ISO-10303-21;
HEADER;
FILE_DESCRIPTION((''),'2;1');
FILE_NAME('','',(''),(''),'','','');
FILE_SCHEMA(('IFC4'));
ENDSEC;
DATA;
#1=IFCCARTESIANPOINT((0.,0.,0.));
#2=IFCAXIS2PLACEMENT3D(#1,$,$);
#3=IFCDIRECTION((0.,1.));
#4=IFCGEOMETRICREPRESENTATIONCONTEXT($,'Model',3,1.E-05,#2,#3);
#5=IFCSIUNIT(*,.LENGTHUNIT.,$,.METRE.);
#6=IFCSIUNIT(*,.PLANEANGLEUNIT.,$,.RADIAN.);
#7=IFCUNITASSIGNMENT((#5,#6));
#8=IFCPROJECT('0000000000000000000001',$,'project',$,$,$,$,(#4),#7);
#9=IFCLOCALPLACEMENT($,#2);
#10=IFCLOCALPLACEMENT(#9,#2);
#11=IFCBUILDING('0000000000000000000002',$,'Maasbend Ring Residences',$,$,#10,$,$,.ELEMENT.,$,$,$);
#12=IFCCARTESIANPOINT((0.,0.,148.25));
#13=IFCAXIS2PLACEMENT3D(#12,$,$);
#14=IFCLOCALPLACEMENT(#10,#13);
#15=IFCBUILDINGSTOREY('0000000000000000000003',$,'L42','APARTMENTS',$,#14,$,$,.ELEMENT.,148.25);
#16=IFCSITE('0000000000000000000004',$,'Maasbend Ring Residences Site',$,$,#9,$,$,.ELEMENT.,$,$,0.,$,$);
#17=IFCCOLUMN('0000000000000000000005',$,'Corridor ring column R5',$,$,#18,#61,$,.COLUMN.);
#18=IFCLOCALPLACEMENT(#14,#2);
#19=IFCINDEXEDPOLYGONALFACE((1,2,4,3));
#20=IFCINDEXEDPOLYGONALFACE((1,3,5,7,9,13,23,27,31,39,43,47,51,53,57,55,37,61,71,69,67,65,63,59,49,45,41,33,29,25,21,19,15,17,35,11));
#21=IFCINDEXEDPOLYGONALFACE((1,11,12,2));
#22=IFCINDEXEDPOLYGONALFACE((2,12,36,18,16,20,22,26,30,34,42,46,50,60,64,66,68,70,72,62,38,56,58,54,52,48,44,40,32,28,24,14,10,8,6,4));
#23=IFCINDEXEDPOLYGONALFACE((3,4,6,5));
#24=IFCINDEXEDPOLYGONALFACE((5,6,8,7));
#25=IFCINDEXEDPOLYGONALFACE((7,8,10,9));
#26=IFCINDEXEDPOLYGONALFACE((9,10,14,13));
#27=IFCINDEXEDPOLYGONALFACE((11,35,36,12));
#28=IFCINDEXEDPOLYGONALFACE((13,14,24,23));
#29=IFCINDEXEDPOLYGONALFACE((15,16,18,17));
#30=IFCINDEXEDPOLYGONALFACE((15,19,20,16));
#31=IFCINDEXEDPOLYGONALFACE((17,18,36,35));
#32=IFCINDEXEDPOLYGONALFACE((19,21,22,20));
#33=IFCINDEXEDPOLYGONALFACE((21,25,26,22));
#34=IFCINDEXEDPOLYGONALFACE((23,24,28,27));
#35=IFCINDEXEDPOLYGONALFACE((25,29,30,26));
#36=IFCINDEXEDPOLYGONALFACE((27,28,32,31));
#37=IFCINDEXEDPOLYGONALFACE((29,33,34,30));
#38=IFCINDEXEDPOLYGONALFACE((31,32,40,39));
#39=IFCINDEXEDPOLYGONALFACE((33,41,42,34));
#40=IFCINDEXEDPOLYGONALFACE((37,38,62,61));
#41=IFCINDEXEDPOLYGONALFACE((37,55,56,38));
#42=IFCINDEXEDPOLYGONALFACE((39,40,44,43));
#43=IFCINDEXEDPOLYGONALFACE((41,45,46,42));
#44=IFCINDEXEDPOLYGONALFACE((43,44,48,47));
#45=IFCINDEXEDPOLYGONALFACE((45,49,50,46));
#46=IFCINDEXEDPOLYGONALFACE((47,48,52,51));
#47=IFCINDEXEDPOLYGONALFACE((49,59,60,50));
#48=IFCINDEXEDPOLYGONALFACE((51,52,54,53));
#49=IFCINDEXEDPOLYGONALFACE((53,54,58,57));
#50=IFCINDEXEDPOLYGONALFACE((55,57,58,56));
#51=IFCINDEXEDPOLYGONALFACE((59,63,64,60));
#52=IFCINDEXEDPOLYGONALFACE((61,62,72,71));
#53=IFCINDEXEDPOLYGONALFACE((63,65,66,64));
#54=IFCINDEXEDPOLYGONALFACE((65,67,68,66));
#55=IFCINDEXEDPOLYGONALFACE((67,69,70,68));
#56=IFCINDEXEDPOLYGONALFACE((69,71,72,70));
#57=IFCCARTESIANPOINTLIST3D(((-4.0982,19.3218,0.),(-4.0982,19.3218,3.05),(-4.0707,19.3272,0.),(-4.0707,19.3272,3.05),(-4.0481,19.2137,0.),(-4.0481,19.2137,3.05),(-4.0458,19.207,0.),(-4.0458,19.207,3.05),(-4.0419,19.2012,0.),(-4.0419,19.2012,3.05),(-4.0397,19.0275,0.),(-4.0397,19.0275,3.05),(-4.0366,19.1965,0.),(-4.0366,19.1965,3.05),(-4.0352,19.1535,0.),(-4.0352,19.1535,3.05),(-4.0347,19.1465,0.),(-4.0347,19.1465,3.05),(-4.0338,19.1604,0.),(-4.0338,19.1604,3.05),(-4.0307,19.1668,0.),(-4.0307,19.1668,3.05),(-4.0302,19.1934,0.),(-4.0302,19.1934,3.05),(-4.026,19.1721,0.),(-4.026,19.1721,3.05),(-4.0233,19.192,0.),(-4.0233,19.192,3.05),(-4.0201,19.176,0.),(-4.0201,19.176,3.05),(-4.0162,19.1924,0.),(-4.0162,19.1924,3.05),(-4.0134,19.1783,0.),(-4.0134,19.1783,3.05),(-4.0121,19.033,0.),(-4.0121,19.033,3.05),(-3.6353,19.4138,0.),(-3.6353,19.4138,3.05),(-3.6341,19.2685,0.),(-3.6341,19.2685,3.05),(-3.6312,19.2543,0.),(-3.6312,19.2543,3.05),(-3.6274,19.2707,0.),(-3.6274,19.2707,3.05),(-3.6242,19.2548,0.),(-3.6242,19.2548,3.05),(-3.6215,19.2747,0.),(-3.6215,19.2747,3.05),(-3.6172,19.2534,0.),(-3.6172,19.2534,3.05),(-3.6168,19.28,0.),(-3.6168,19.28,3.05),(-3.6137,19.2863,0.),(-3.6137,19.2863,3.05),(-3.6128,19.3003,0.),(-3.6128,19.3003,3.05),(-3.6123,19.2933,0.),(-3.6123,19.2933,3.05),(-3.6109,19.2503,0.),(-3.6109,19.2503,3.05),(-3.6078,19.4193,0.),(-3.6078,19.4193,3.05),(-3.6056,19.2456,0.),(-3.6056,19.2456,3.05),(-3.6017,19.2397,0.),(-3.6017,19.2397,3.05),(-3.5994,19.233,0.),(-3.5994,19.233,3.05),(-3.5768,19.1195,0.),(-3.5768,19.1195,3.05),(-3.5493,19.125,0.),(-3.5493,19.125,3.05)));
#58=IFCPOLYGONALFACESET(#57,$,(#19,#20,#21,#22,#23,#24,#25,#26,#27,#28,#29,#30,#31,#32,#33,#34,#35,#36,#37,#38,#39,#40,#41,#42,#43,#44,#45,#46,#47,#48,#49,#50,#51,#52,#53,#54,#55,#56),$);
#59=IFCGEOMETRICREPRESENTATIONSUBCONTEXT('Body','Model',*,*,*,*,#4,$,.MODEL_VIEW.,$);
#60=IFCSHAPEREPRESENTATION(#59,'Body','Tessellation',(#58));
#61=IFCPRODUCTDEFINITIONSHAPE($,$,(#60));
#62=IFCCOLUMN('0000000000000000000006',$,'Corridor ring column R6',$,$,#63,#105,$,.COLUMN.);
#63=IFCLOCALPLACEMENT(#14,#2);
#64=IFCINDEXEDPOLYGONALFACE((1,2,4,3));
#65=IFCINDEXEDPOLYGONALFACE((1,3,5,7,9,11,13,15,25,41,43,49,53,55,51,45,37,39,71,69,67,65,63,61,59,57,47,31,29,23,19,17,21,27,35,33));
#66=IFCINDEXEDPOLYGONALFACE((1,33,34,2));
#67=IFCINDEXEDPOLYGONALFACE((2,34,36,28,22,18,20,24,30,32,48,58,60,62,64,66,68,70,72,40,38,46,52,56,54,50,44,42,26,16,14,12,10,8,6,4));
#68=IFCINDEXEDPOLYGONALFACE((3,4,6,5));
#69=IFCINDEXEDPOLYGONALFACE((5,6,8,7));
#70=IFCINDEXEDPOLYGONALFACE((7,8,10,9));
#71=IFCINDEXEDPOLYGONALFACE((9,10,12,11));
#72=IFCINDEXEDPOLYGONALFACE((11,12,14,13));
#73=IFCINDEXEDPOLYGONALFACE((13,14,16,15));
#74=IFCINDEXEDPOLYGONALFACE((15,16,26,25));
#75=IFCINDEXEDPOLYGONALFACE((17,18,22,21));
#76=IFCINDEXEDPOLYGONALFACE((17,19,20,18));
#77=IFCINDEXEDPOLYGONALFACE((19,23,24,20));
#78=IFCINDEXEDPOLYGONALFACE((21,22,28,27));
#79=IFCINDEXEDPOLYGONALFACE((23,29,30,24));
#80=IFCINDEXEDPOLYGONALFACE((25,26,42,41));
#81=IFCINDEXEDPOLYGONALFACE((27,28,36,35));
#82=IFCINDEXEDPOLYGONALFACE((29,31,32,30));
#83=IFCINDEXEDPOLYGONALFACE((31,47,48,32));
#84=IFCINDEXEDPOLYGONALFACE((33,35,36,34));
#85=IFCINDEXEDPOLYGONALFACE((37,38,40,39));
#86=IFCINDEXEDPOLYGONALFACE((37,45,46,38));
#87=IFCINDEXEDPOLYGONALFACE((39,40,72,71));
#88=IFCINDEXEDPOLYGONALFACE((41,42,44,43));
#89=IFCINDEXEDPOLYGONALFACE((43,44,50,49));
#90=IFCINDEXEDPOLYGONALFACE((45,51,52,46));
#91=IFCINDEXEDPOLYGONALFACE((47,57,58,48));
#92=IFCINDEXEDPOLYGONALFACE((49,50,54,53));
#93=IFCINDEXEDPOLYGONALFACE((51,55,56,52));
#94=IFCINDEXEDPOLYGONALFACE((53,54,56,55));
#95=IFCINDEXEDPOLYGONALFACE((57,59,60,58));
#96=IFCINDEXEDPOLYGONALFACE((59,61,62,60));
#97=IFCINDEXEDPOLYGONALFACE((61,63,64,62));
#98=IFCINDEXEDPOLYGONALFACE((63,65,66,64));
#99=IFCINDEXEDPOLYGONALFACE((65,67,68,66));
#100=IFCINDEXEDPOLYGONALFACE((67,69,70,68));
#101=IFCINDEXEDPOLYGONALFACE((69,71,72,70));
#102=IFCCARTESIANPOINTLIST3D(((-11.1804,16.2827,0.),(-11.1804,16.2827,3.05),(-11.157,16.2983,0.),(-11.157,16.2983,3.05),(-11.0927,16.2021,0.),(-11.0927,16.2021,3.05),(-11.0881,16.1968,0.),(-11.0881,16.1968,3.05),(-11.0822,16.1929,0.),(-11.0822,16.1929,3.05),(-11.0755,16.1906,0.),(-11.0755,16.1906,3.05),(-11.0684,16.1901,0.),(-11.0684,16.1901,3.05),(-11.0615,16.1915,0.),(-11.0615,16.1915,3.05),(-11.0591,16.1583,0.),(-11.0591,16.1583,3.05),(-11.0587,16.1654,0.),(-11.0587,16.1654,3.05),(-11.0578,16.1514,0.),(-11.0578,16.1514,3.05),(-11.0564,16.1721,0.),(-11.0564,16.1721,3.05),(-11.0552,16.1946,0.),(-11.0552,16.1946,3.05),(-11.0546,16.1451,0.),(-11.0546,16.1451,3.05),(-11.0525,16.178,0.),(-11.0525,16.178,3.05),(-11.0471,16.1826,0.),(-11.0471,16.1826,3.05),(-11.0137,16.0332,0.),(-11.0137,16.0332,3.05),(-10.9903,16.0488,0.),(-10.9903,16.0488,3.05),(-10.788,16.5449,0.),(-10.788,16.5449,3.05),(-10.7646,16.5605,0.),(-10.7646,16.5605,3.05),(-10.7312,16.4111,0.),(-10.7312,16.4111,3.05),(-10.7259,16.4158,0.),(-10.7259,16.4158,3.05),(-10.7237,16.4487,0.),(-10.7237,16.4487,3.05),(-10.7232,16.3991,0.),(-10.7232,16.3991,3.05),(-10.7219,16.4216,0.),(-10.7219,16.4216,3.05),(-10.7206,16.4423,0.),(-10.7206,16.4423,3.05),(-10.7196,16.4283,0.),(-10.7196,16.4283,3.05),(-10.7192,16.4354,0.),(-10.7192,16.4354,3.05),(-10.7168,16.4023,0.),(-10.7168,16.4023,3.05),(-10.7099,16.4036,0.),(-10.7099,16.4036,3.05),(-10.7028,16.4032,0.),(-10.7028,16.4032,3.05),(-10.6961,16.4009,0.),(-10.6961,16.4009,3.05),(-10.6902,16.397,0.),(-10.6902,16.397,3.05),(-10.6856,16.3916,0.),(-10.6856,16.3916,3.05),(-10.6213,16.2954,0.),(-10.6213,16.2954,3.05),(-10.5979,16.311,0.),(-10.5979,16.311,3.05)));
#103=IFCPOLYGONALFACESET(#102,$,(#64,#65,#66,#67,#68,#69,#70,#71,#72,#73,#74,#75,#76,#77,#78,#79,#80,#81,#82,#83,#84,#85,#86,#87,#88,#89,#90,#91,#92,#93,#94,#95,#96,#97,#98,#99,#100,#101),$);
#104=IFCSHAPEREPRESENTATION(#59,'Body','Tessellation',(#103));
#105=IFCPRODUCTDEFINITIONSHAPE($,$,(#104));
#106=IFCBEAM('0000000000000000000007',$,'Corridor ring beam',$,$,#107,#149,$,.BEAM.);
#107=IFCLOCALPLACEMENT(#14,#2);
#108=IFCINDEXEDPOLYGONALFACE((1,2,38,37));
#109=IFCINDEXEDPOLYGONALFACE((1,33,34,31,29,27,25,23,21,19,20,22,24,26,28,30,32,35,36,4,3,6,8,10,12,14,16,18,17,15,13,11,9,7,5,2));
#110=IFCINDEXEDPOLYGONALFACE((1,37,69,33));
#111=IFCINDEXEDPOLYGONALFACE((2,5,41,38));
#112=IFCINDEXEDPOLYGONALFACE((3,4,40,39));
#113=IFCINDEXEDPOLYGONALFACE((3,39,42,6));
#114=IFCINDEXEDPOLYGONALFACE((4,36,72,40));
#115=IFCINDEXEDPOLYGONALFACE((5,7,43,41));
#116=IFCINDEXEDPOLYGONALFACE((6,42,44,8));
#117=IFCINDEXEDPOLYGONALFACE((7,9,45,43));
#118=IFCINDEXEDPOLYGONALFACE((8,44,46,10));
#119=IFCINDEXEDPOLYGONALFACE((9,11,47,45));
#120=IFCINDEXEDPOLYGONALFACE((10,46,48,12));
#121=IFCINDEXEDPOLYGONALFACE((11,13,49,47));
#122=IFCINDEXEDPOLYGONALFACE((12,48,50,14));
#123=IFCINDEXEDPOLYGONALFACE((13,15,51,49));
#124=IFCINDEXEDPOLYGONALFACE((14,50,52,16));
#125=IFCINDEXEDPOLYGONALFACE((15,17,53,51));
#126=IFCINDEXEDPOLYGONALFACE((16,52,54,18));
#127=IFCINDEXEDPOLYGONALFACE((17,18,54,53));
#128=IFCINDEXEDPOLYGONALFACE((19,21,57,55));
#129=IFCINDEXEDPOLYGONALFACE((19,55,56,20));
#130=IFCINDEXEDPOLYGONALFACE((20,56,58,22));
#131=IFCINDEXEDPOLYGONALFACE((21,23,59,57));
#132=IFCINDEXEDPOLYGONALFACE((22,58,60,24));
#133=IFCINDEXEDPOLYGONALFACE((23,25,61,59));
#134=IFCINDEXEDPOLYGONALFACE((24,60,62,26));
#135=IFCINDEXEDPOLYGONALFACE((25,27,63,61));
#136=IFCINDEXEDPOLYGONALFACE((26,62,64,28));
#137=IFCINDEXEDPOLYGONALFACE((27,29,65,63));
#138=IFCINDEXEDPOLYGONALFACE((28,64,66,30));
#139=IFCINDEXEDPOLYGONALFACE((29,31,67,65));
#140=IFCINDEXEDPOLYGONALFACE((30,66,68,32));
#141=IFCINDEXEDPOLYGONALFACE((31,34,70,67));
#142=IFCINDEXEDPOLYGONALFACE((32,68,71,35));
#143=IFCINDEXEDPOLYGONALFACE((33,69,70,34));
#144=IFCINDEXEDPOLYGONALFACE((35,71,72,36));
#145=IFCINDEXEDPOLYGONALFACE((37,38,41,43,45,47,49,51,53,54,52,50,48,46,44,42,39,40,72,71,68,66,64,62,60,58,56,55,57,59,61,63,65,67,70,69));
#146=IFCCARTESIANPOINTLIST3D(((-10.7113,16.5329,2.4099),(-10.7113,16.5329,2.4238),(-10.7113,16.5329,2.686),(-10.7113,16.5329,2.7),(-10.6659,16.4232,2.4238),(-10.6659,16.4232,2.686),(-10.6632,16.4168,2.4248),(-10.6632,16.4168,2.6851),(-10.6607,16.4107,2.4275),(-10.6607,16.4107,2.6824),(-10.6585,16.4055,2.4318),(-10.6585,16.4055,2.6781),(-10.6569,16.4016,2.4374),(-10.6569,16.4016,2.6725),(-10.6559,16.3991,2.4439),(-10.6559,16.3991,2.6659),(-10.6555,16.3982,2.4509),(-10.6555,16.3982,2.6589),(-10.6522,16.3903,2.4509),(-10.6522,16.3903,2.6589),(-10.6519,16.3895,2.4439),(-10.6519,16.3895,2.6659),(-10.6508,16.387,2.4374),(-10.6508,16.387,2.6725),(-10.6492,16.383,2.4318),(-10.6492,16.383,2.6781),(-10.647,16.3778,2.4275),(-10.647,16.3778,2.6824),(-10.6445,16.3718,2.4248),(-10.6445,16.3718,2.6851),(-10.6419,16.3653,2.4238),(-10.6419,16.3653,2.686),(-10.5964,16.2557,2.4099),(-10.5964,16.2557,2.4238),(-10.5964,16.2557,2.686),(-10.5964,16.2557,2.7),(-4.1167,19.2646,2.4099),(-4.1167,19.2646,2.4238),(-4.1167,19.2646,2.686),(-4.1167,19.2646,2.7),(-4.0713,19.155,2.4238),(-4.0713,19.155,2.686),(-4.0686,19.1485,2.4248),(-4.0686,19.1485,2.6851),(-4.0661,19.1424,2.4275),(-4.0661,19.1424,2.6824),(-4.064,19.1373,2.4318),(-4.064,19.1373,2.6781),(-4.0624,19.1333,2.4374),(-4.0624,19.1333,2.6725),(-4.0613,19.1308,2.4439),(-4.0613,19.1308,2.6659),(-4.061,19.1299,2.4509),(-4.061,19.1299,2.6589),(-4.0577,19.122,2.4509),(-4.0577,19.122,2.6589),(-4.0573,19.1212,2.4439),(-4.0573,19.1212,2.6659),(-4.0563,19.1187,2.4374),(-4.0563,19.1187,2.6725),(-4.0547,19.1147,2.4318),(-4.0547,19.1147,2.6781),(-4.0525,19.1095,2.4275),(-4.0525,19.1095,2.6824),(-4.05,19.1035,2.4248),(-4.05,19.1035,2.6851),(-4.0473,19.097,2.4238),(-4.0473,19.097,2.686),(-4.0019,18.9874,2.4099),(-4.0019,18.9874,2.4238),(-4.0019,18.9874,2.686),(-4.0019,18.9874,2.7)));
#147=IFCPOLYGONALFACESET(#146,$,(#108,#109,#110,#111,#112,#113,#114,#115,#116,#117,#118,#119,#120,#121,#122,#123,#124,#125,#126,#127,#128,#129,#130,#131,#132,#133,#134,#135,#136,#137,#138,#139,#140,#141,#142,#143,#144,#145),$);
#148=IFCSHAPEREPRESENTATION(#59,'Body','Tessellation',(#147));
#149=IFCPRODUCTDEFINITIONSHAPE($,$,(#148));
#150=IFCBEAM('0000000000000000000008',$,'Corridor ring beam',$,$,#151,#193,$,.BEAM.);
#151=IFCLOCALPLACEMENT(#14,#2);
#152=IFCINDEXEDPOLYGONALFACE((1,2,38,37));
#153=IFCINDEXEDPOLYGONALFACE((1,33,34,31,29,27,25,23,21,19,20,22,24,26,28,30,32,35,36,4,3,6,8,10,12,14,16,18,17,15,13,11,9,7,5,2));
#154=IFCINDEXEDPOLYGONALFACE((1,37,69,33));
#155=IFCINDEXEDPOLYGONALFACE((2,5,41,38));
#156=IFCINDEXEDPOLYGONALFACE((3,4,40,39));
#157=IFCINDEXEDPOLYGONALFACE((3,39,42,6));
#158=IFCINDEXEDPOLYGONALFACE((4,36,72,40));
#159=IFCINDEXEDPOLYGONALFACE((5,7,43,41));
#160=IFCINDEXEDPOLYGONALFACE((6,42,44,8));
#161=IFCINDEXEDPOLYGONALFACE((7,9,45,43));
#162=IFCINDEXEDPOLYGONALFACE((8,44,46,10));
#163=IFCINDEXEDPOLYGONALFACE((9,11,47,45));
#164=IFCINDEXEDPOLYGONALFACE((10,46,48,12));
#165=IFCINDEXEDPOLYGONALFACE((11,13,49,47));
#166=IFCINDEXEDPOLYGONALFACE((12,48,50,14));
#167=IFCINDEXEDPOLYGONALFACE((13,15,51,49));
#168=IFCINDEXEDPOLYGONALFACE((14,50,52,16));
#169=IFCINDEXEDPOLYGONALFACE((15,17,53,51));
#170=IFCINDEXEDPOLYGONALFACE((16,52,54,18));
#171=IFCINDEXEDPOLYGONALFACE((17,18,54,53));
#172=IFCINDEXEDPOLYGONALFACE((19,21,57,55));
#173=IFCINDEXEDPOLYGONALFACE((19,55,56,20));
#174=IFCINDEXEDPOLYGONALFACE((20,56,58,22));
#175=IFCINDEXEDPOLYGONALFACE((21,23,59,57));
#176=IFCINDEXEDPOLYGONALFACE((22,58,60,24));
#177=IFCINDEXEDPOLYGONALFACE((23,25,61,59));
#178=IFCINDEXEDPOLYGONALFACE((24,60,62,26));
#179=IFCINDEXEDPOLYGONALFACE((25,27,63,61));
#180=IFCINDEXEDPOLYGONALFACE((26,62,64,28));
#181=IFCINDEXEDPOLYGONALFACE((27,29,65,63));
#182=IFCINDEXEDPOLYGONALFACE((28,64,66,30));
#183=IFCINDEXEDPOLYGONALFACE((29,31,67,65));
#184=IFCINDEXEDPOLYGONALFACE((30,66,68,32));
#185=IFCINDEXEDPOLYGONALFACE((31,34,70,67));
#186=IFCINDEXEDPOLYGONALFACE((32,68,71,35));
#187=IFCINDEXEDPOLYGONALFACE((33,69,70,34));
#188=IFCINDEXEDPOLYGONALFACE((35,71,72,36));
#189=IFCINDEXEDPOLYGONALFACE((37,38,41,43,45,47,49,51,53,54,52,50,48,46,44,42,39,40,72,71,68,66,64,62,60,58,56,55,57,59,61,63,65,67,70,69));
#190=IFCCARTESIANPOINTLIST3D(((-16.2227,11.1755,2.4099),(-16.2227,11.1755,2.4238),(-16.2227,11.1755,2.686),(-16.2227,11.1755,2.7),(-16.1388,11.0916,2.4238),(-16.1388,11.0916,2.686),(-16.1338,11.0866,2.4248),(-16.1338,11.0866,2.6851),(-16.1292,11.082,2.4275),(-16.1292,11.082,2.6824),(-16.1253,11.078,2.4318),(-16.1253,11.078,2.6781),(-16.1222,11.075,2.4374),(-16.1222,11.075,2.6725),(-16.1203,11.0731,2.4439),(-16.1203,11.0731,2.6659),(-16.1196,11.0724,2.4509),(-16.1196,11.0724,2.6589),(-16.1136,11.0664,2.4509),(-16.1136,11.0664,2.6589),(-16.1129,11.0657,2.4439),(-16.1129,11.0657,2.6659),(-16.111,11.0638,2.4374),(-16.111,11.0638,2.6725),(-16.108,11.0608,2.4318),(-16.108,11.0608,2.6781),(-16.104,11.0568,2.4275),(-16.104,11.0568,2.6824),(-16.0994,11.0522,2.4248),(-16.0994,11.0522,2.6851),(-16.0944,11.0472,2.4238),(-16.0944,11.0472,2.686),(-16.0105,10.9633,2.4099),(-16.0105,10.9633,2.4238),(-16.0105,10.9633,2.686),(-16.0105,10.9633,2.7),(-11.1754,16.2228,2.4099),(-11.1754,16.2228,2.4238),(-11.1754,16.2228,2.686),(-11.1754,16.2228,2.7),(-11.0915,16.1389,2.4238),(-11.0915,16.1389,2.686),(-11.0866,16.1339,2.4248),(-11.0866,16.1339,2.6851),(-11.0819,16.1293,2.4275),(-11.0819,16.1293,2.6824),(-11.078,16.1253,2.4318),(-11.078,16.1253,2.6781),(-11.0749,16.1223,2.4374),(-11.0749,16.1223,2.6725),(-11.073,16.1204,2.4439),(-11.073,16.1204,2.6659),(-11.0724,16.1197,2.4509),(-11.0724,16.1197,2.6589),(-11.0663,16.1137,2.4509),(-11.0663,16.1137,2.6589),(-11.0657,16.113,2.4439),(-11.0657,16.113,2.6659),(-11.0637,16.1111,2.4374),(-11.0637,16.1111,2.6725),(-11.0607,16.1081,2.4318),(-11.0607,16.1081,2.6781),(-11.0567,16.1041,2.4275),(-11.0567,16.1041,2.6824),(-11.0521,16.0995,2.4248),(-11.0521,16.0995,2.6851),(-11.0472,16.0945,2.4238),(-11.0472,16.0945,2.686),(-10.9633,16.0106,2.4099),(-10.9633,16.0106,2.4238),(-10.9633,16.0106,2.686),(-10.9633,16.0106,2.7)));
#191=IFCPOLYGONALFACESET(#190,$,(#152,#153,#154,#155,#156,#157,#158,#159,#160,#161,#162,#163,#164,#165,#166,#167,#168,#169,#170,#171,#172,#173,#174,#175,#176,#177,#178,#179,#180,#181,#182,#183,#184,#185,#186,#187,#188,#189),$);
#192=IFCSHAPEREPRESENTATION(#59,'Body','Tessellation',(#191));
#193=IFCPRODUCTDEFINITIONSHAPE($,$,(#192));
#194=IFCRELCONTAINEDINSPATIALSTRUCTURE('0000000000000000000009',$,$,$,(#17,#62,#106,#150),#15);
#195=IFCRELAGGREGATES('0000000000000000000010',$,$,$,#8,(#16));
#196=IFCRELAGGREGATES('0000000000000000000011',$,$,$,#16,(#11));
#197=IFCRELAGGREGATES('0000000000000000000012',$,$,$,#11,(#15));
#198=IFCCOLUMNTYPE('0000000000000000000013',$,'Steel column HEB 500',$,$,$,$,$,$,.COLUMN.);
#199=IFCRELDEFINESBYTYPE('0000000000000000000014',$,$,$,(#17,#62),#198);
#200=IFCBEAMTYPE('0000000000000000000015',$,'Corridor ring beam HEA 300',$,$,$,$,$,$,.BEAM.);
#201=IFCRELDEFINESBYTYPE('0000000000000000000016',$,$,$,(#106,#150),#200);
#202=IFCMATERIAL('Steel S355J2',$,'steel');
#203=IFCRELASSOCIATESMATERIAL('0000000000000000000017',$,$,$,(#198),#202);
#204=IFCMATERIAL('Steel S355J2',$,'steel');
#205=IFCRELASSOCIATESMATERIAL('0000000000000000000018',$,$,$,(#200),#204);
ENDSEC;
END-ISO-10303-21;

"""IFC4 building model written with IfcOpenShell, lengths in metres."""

from ifc_helpers import new_model, si_unit, direction, frame, origin, origin_2d, place, context, subcontext, project, spatial, i_section, extrude, material, material_profile, profile_set, type_object, element, save


model = new_model("IFC4")

# Units and contexts
model_context = context("Model", 3, precision=1e-05, world=origin(), true_north=direction((0.0, 1.0)))
body_context = subcontext(model_context, "Body", "Model", "MODEL_VIEW")
ifc_project = project(units=[si_unit("LENGTHUNIT", "METRE"), si_unit("PLANEANGLEUNIT", "RADIAN")], contexts=[model_context])

# Site, building, storey
site_placement = place(None, origin())
site = spatial("IfcSite", under=ifc_project, at=site_placement, Name="Maasbend Ring Residences Site", CompositionType="ELEMENT", RefElevation=0.0)
building_placement = place(site_placement, origin())
building = spatial("IfcBuilding", under=site, at=building_placement, Name="Maasbend Ring Residences", CompositionType="ELEMENT")
storey_placement = place(building_placement, frame((0.0, 0.0, 148.25)))
storey = spatial("IfcBuildingStorey", under=building, at=storey_placement, Name="L42", Description="APARTMENTS", CompositionType="ELEMENT", Elevation=148.25)

# Columns
ifc_material_1 = material(Name="Steel S355J2", Category="steel")
ifc_material_profile_1 = material_profile(ifc_material_1, i_section(OverallWidth=0.3, OverallDepth=0.5, WebThickness=0.0144, FlangeThickness=0.0281, FilletRadius=0.0271, at=origin_2d()), Name="HEB 500")
ifc_profile_set_1 = profile_set([ifc_material_profile_1], Name="Steel S355J2")
column_type = type_object("IfcColumnType", Name="Steel column HEB 500", PredefinedType="COLUMN", material=ifc_profile_set_1)
for number, where, z_axis, x_axis, name in (
    (1, (-3.8237, 19.2234, 0.0), (0.0, 0.0, 1.0), (-0.19509, 0.980785, 0.0), "Corridor ring column R5"),
    (2, (-10.8892, 16.2969, 0.0), (0.0, 0.0, 1.0), (-0.55557, 0.83147, 0.0), "Corridor ring column R6"),
):
    element("IfcColumn", number, at=place(storey_placement, frame(where, z_axis=z_axis, x_axis=x_axis)), inside=storey, type_object=column_type, Name=name, PredefinedType="COLUMN", context=body_context, shape_type="SweptSolid", body=[
        extrude(i_section(OverallWidth=0.3, OverallDepth=0.5, WebThickness=0.0144, FlangeThickness=0.0281, FilletRadius=0.0271, at=origin_2d()), origin(), (0.0, 0.0, 1.0), 3.05),
    ])

# Beams
ifc_material_2 = material(Name="Steel S355J2", Category="steel")
ifc_material_profile_2 = material_profile(ifc_material_2, i_section(OverallWidth=0.3, OverallDepth=0.29, WebThickness=0.0085, FlangeThickness=0.0139, FilletRadius=0.0271, at=origin_2d()), Name="HEA 300")
ifc_profile_set_2 = profile_set([ifc_material_profile_2], Name="Steel S355J2")
beam_type = type_object("IfcBeamType", Name="Corridor ring beam HEA 300", PredefinedType="BEAM", material=ifc_profile_set_2)
for number, where, z_axis, x_axis, name in (
    (3, (-4.0593, 19.126, 2.5549), (-0.923871, -0.382703, 0.0), (0.382703, -0.923871, 0.0), "Corridor ring beam"),
    (4, (-11.0693, 16.1167, 2.5549), (-0.707107, -0.707107, 0.0), (0.707107, -0.707107, 0.0), "Corridor ring beam"),
):
    element("IfcBeam", number, at=place(storey_placement, frame(where, z_axis=z_axis, x_axis=x_axis)), inside=storey, type_object=beam_type, Name=name, PredefinedType="BEAM", context=body_context, shape_type="SweptSolid", body=[
        extrude(i_section(OverallWidth=0.3, OverallDepth=0.29, WebThickness=0.0085, FlangeThickness=0.0139, FilletRadius=0.0271, at=origin_2d()), origin(), (0.0, 0.0, 1.0), 7.1379),
    ])

save(model, "model.ifc")
